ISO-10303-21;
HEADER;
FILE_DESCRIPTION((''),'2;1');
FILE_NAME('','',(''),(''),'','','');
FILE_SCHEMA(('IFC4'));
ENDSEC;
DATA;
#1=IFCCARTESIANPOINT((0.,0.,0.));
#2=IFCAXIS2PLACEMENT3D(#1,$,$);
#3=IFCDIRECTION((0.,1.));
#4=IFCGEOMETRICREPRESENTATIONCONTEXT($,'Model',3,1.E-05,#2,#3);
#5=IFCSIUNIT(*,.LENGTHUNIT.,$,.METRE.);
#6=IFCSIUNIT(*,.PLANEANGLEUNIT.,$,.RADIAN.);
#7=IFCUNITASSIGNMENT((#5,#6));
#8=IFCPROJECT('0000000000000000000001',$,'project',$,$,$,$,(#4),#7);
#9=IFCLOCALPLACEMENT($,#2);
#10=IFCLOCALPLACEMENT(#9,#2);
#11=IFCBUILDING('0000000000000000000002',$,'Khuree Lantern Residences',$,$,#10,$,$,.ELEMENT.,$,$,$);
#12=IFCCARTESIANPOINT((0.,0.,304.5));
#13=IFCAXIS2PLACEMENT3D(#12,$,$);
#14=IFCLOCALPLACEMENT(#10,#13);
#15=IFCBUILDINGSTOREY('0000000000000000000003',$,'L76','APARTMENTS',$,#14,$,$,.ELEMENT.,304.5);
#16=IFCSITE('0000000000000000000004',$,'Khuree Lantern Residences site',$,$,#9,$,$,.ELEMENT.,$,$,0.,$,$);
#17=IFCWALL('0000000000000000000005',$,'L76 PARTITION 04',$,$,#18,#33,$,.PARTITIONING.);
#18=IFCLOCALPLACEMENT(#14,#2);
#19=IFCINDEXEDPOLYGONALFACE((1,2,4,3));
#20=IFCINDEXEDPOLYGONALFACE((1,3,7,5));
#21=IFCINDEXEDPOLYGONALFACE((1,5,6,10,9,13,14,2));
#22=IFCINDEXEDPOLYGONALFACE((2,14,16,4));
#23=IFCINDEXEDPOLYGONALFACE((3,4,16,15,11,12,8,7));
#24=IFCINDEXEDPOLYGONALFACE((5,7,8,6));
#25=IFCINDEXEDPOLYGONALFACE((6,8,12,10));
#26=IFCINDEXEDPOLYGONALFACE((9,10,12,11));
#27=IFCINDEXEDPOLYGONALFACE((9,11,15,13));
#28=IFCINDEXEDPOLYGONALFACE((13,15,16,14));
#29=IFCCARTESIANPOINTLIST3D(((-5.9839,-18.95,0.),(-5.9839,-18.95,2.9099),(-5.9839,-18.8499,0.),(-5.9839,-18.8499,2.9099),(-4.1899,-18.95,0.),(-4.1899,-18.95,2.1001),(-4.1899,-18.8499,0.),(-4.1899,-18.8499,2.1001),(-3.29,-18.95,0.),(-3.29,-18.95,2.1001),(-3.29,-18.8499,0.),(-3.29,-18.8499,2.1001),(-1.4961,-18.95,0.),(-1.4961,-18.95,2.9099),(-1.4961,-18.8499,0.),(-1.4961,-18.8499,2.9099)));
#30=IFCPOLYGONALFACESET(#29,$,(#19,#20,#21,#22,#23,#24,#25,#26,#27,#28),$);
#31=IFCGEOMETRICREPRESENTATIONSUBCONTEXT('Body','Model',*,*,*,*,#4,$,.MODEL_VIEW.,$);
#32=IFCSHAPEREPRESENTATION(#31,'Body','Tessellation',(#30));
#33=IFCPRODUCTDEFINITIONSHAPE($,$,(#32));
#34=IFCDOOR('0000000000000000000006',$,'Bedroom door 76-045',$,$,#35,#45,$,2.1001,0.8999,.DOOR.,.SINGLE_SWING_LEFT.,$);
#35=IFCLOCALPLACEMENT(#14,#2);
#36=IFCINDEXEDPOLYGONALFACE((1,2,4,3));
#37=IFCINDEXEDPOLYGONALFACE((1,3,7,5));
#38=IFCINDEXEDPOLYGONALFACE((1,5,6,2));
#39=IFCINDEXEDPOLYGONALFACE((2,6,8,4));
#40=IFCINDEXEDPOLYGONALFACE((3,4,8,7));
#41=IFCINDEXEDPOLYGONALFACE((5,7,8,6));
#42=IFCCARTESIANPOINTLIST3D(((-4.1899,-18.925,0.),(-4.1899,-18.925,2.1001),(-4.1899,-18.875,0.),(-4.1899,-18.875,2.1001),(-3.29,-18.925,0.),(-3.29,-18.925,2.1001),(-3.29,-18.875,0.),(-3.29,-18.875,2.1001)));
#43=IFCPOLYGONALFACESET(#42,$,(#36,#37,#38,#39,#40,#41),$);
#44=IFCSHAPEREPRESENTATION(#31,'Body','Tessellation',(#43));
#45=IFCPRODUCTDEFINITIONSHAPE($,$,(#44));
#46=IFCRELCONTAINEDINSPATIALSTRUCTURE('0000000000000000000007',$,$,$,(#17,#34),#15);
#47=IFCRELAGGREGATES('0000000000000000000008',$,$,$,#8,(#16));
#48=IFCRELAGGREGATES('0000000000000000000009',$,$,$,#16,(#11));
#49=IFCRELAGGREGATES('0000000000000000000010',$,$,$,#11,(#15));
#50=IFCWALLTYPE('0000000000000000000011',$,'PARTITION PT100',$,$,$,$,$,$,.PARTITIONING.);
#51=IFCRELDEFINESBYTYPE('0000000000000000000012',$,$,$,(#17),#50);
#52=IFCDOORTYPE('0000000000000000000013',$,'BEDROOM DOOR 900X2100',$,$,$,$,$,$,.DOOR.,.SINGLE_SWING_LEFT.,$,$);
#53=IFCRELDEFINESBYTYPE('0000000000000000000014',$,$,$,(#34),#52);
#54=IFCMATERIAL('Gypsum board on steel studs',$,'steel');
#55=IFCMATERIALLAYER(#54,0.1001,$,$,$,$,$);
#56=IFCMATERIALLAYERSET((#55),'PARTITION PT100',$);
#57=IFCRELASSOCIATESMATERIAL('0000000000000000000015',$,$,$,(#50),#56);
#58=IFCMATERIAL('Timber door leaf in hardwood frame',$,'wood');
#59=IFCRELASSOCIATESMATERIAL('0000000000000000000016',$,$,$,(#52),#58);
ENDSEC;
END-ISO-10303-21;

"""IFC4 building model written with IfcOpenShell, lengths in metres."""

from ifc_helpers import new_model, si_unit, direction, frame, frame_2d, origin, place, context, subcontext, project, spatial, rectangle, extrude, material, layer, layer_set, type_object, element, fill, save


model = new_model("IFC4")

# Units and contexts
model_context = context("Model", 3, precision=1e-05, world=origin(), true_north=direction((0.0, 1.0)))
body_context = subcontext(model_context, "Body", "Model", "MODEL_VIEW")
ifc_project = project(units=[si_unit("LENGTHUNIT", "METRE"), si_unit("PLANEANGLEUNIT", "RADIAN")], contexts=[model_context])

# Site, building, storey
site_placement = place(None, origin())
site = spatial("IfcSite", under=ifc_project, at=site_placement, Name="Khuree Lantern Residences site", CompositionType="ELEMENT", RefElevation=0.0)
building_placement = place(site_placement, origin())
building = spatial("IfcBuilding", under=site, at=building_placement, Name="Khuree Lantern Residences", CompositionType="ELEMENT")
storey_placement = place(building_placement, frame((0.0, 0.0, 304.5)))
storey = spatial("IfcBuildingStorey", under=building, at=storey_placement, Name="L76", Description="APARTMENTS", CompositionType="ELEMENT", Elevation=304.5)

# Shared definitions
ifc_material_1 = material(Name="Gypsum board on steel studs", Category="steel")
ifc_layer_1 = layer(ifc_material_1, 0.1001)
ifc_layer_set_1 = layer_set([ifc_layer_1], Name="PARTITION PT100")
wall_type = type_object("IfcWallType", Name="PARTITION PT100", PredefinedType="PARTITIONING", material=ifc_layer_set_1)

# Shared definitions
ifc_material_2 = material(Name="Timber door leaf in hardwood frame", Category="wood")
door_type_1 = type_object("IfcDoorType", Name="BEDROOM DOOR 900X2100", OperationType="SINGLE_SWING_LEFT", PredefinedType="DOOR", material=ifc_material_2)

# Wall, opening, door
wall_1_placement = place(storey_placement, frame((-5.9839, -18.8999, 0.0), z_axis=(0.0, 0.0, 1.0), x_axis=(1.0, 0.0, 0.0)))
wall_1 = element("IfcWall", 1, at=wall_1_placement, inside=storey, type_object=wall_type, Name="L76 PARTITION 04", PredefinedType="PARTITIONING", context=body_context, shape_type="SweptSolid", body=[
    extrude(rectangle(XDim=4.4878, YDim=0.1001, at=frame_2d((2.2439, 0.0))), origin(), (0.0, 0.0, 1.0), 2.9099),
])
opening_1_placement = place(wall_1_placement, frame((1.7939, 0.0, 0.0)))
opening_1 = element("IfcOpeningElement", 2, at=opening_1_placement, cuts=wall_1, PredefinedType="OPENING", context=body_context, shape_type="SweptSolid", body=[
    extrude(rectangle(XDim=0.8999, YDim=2.1001, at=frame_2d((0.45, 1.05))), frame((0.0, 0.0601, 0.0), z_axis=(0.0, -1.0, 0.0), x_axis=(1.0, 0.0, 0.0)), (0.0, 0.0, 1.0), 0.1201),
])
door_1_placement = place(opening_1_placement, origin())
door_1 = element("IfcDoor", 3, at=door_1_placement, inside=storey, type_object=door_type_1, Name="Bedroom door 76-045", OperationType="SINGLE_SWING_LEFT", OverallHeight=2.1001, OverallWidth=0.8999, PredefinedType="DOOR", context=body_context, shape_type="SweptSolid", body=[
    extrude(rectangle(XDim=0.8999, YDim=2.1001, at=frame_2d((0.45, 1.05))), frame((0.0, 0.0249, 0.0), z_axis=(0.0, -1.0, 0.0), x_axis=(1.0, 0.0, 0.0)), (0.0, 0.0, 1.0), 0.05),
])
fill(opening_1, door_1)

save(model, "model.ifc")
